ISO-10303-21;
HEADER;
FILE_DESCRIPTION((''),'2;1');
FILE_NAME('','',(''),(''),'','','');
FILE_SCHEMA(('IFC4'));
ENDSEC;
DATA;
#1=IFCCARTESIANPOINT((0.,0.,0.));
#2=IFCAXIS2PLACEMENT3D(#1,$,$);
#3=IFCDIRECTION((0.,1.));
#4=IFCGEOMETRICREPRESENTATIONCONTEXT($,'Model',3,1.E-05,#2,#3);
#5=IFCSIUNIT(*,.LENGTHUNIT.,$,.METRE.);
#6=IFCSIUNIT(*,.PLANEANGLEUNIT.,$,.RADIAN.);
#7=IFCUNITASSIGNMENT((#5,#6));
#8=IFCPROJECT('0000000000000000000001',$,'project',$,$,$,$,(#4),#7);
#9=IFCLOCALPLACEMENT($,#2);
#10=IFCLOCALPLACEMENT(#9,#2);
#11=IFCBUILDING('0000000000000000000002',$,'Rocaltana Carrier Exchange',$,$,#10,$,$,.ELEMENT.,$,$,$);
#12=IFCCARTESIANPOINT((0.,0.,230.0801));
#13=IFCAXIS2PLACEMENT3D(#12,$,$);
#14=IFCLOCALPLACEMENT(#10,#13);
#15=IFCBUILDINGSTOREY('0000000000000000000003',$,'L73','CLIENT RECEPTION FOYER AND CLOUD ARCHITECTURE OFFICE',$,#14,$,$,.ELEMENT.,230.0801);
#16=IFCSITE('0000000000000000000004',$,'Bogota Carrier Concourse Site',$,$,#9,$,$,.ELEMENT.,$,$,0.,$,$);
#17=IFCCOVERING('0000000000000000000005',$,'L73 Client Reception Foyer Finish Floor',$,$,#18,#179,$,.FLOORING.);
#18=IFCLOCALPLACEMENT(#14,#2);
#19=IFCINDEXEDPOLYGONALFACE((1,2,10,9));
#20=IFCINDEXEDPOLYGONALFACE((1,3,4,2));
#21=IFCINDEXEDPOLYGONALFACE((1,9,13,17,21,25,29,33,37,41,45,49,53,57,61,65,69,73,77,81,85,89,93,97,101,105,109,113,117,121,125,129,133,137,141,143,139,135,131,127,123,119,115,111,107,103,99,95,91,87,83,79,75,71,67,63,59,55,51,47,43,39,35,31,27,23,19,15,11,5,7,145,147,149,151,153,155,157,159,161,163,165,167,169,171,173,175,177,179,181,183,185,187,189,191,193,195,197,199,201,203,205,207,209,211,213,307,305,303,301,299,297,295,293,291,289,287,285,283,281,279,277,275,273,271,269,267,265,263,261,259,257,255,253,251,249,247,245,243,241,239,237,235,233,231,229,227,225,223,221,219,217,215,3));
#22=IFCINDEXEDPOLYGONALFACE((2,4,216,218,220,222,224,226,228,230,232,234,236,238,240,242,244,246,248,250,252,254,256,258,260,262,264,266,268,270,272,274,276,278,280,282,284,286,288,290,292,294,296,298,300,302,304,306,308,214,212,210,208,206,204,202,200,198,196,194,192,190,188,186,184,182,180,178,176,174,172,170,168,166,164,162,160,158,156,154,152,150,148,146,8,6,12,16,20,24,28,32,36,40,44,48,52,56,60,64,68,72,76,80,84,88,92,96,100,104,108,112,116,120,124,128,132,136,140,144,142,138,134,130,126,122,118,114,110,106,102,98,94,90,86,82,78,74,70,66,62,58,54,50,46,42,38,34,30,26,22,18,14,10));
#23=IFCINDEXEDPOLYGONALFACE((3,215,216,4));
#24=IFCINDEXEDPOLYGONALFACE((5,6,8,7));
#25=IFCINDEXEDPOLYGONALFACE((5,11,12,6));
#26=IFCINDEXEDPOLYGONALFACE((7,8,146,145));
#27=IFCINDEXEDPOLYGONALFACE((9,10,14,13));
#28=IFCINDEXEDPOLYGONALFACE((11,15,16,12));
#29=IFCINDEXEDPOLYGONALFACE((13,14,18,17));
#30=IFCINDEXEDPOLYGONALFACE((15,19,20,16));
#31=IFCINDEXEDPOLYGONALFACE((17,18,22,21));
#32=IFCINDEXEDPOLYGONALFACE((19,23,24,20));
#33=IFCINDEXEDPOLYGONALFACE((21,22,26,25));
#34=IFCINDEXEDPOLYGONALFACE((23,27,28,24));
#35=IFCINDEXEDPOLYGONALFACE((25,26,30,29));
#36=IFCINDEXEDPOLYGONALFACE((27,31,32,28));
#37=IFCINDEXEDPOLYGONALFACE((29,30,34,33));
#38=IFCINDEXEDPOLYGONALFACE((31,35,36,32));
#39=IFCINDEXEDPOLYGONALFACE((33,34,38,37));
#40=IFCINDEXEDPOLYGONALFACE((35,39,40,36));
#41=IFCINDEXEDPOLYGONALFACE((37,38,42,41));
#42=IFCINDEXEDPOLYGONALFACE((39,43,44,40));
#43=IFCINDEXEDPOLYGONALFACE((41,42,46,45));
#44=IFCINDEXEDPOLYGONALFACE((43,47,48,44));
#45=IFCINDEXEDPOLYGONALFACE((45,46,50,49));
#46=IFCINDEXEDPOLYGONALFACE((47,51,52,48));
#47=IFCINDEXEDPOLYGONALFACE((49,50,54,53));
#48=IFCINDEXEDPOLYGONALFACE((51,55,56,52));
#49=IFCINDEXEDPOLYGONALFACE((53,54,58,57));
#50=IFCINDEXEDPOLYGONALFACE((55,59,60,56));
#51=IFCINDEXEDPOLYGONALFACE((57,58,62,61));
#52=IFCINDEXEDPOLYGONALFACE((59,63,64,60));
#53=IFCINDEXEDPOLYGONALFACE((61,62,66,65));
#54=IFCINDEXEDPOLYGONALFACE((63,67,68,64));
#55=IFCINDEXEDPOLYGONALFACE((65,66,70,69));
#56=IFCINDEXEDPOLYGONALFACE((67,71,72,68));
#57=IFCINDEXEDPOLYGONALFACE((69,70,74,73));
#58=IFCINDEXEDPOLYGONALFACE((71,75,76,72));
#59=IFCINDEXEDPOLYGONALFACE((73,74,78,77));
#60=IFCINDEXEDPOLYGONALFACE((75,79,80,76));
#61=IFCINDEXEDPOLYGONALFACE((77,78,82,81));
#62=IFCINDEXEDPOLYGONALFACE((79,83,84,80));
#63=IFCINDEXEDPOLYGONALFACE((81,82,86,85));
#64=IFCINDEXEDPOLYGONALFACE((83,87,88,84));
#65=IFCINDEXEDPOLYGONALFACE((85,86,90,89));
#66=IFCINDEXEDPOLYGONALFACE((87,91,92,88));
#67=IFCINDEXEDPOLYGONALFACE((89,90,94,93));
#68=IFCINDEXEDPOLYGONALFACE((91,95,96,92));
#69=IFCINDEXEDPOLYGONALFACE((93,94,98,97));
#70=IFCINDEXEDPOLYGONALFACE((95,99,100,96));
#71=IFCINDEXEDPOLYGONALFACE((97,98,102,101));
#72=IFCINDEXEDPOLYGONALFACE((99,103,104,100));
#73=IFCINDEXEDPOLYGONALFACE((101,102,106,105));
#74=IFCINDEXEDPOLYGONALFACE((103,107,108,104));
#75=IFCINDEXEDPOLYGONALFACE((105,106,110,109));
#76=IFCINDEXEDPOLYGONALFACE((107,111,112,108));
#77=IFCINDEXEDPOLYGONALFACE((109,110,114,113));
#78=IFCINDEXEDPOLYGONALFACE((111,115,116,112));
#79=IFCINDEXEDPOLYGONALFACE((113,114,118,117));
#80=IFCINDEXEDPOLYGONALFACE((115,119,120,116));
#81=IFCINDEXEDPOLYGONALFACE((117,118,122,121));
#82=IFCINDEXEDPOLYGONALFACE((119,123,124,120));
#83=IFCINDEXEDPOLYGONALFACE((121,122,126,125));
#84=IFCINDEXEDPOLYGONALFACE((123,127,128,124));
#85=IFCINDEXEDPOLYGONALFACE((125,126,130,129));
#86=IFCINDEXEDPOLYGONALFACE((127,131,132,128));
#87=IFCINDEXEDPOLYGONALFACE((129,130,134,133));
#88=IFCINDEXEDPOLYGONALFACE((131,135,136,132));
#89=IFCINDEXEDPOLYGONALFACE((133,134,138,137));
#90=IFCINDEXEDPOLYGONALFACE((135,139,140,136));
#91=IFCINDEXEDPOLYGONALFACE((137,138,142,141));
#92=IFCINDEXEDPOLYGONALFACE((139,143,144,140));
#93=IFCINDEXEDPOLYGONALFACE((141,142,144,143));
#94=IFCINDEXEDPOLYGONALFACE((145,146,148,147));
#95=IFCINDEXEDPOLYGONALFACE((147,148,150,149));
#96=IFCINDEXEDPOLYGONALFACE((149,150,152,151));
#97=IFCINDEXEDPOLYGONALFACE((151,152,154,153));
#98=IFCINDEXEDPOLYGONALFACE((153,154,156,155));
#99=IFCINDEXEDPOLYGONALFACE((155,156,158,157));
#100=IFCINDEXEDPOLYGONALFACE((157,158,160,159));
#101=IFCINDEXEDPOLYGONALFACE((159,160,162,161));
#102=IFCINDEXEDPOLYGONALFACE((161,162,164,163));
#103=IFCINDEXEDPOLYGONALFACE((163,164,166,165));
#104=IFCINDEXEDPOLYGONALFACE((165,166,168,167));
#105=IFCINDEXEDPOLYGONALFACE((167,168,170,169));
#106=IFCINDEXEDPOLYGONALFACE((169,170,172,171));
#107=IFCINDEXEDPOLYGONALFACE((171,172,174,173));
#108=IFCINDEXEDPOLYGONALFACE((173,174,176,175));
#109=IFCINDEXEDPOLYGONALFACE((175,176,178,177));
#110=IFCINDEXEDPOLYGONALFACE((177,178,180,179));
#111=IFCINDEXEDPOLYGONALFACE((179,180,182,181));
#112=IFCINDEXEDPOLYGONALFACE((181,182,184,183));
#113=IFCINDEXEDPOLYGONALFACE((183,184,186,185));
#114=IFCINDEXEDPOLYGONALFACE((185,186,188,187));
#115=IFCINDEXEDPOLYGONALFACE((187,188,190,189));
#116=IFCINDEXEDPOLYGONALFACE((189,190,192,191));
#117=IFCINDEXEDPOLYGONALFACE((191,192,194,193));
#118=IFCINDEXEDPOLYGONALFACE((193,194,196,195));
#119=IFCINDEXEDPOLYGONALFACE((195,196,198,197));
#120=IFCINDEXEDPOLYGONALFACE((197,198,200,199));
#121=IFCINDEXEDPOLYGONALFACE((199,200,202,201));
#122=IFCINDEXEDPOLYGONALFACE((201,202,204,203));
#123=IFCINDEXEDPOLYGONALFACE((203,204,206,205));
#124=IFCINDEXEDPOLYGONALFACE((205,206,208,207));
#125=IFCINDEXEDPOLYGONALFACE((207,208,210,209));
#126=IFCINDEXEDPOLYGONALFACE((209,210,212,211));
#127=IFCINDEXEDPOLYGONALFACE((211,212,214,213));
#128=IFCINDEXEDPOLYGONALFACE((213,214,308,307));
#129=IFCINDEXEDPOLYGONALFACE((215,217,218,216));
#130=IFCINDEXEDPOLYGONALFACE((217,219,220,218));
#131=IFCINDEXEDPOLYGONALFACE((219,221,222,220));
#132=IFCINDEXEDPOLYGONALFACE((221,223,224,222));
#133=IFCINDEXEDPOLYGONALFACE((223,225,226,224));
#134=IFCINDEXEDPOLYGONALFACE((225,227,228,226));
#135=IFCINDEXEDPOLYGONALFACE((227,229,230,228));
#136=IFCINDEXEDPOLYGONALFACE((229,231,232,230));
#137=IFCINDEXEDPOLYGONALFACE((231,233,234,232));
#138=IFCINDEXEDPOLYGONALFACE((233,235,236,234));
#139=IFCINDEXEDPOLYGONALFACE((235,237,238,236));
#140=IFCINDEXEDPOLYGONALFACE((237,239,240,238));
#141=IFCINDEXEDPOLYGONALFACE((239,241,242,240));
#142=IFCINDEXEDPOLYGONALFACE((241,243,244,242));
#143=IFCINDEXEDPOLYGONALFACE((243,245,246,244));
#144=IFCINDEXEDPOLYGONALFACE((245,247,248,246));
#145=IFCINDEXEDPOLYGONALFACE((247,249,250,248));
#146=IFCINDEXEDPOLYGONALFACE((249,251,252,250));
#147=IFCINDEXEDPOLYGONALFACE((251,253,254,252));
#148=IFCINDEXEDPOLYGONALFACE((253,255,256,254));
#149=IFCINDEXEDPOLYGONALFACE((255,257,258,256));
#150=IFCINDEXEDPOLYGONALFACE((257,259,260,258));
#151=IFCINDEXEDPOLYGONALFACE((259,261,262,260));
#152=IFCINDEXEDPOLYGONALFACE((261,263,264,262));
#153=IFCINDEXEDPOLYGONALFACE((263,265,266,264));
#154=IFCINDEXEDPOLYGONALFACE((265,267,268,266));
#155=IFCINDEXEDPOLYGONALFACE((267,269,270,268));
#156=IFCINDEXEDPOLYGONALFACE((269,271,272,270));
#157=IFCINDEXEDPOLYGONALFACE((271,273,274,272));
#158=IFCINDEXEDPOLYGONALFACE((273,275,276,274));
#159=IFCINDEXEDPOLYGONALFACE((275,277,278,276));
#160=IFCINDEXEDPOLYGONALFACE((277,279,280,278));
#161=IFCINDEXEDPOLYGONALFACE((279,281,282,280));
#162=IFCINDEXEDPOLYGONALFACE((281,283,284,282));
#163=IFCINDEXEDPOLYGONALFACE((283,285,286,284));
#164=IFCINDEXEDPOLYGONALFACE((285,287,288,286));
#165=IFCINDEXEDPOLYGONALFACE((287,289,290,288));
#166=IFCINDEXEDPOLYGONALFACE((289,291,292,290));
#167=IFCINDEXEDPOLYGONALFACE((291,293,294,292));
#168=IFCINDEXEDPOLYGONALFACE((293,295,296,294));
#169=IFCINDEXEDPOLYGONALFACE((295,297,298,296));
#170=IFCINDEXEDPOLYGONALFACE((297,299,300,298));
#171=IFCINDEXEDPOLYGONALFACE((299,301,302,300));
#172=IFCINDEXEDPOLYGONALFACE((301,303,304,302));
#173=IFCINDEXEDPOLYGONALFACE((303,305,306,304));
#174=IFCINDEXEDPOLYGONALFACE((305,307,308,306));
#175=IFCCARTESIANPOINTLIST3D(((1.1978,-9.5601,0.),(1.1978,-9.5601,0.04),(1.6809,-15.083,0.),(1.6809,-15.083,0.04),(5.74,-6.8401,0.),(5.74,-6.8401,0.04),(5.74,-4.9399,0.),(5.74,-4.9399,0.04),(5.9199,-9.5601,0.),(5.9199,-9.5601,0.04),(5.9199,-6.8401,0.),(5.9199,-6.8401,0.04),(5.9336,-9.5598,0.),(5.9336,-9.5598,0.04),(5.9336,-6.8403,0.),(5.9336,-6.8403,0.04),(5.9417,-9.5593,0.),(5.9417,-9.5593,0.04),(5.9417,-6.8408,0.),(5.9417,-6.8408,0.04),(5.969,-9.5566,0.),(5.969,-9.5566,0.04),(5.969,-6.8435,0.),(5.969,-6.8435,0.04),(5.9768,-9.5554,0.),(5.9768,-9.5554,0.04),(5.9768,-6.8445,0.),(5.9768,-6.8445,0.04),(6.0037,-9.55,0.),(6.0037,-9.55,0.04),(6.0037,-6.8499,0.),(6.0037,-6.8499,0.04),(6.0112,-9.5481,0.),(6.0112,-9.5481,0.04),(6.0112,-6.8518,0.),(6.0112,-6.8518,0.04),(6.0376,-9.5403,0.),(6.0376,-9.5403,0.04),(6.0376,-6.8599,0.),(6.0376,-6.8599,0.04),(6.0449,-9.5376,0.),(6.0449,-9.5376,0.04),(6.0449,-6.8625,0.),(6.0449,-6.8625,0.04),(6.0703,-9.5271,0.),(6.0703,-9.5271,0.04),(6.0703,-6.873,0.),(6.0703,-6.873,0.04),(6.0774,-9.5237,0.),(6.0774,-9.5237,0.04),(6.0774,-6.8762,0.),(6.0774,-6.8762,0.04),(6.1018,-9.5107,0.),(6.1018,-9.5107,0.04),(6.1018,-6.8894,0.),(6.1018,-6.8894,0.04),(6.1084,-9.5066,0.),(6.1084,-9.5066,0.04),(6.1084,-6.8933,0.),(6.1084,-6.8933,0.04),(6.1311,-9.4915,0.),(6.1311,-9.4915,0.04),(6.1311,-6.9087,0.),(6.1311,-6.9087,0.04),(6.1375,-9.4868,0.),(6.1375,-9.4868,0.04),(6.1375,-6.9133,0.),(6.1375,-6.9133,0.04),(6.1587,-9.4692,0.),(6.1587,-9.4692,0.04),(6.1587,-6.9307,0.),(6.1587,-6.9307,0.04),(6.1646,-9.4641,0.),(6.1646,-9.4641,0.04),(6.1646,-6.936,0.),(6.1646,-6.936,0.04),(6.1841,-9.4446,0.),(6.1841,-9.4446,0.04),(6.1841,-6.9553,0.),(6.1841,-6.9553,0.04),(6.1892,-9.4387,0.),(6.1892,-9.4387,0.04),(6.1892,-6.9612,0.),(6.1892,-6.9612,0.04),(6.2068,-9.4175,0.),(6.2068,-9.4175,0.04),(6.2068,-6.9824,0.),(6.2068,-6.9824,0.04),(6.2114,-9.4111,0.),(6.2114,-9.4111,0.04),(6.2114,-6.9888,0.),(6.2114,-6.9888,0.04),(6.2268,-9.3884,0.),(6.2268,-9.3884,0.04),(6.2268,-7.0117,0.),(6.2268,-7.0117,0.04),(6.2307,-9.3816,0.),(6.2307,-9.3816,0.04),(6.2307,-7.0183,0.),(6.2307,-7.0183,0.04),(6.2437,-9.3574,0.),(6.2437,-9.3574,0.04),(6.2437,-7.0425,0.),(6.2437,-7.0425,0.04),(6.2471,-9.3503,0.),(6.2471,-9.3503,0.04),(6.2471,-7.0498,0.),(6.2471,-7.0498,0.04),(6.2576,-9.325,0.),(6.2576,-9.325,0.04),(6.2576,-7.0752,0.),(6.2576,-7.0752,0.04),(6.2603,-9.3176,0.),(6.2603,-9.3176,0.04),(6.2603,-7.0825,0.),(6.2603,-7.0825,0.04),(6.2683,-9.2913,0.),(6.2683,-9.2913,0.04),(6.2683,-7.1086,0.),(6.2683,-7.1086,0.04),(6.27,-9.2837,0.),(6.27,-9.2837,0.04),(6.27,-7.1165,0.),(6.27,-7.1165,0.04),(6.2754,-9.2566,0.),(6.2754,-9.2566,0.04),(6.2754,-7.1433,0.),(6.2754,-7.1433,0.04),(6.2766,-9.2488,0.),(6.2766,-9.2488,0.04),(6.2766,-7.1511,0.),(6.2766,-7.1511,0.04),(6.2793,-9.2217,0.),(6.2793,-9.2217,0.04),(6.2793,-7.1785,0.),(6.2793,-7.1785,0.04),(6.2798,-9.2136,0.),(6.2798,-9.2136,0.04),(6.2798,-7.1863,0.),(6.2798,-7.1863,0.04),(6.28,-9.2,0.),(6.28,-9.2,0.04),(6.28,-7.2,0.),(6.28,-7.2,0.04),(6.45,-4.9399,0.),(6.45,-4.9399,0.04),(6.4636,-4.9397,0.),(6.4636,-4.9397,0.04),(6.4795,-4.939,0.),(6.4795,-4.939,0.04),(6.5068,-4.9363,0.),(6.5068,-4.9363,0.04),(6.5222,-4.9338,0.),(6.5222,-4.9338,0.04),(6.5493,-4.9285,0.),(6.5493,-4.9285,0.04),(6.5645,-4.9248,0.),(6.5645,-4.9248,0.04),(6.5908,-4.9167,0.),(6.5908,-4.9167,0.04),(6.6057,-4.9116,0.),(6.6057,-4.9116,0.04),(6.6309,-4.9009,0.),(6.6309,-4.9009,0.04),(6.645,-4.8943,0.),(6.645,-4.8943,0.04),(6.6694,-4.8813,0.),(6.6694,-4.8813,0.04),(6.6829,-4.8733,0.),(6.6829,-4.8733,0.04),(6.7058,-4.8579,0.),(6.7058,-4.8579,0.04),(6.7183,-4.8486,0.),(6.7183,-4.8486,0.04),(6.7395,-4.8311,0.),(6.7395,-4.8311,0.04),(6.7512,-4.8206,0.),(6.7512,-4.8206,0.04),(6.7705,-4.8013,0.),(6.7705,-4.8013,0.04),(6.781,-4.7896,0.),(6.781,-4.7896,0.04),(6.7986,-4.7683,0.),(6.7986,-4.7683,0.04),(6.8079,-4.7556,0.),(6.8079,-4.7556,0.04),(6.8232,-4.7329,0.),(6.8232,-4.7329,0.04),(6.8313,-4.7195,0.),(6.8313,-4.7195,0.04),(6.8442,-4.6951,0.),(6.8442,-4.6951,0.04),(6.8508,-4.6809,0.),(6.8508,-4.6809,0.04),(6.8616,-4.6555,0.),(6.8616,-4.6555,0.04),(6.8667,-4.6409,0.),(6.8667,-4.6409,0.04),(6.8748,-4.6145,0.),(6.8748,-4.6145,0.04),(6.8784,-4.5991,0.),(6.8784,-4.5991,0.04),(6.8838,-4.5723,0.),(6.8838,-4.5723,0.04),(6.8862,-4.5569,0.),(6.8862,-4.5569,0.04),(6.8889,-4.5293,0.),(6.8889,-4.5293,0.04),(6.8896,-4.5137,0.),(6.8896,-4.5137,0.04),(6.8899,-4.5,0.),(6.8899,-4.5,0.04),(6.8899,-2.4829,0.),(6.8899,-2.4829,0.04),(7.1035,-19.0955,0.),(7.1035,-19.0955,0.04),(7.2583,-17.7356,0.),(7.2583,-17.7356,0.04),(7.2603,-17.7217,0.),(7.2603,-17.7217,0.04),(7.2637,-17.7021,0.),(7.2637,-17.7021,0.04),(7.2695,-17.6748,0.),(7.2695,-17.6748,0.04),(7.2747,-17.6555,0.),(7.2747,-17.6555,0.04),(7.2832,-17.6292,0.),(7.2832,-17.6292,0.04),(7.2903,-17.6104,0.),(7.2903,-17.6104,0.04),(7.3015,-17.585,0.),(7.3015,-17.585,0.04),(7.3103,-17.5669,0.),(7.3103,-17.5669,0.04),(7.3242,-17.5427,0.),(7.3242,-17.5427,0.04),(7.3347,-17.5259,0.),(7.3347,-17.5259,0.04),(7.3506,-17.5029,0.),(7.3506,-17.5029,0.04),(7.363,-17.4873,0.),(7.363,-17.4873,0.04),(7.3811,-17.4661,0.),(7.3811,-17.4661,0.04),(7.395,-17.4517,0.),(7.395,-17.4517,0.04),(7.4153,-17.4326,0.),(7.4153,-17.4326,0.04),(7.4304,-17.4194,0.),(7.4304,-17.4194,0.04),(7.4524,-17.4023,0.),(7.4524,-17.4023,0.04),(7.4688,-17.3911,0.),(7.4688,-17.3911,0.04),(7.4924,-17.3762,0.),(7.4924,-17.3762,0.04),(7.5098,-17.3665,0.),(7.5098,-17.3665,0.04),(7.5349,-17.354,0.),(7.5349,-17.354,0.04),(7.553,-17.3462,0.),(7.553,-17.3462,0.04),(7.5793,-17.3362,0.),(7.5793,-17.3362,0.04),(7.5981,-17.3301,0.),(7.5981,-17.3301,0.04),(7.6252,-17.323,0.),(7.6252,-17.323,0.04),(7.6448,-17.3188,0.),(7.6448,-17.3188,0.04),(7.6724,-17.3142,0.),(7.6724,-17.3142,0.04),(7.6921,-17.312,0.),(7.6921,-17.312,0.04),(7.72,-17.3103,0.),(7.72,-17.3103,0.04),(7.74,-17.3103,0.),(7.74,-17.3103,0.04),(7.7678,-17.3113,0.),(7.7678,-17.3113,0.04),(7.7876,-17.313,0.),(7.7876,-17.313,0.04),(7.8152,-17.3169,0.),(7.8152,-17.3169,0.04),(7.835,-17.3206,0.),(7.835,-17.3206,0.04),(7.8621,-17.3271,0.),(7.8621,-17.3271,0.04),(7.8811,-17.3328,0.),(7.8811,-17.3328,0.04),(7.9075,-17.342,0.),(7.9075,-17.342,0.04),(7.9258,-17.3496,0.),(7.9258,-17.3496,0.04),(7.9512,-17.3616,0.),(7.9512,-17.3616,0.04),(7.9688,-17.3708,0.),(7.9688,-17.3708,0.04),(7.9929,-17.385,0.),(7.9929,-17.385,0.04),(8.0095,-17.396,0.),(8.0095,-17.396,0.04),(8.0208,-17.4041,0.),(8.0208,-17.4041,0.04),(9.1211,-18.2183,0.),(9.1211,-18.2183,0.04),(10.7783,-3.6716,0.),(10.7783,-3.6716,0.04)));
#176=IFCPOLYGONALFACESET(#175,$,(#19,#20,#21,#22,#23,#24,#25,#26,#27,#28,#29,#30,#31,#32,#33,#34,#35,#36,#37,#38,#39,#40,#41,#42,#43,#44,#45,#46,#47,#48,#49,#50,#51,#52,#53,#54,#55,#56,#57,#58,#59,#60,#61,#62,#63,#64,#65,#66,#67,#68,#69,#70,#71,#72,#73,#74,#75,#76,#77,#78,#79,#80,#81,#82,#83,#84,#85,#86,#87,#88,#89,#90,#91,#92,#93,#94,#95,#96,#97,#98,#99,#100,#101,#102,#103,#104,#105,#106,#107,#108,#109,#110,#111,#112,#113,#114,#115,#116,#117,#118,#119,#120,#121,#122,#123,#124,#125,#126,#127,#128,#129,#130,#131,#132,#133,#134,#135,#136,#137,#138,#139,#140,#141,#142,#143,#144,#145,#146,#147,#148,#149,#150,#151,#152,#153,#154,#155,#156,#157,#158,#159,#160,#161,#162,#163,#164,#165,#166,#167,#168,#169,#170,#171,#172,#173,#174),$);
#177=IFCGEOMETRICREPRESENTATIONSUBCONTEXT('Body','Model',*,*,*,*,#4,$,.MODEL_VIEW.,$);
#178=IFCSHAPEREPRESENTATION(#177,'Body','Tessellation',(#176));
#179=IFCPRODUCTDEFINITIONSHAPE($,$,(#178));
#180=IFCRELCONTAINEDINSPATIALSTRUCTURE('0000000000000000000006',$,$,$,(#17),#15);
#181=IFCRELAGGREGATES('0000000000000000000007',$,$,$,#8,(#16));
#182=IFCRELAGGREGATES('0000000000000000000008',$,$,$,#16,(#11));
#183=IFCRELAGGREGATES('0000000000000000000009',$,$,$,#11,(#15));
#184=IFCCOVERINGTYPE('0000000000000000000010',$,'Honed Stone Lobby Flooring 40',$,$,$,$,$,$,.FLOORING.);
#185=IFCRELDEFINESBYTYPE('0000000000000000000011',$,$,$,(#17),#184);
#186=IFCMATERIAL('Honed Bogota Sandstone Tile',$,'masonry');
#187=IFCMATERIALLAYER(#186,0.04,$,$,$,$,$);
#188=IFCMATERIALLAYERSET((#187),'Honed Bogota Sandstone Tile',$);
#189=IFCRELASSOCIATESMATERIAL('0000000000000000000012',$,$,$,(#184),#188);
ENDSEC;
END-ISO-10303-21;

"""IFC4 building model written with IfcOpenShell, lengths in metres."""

from ifc_helpers import new_model, si_unit, direction, frame, origin, place, context, subcontext, project, spatial, polyline, outline, extrude, material, layer, layer_set, type_object, element, save


model = new_model("IFC4")

# Units and contexts
model_context = context("Model", 3, precision=1e-05, world=origin(), true_north=direction((0.0, 1.0)))
body_context = subcontext(model_context, "Body", "Model", "MODEL_VIEW")
ifc_project = project(units=[si_unit("LENGTHUNIT", "METRE"), si_unit("PLANEANGLEUNIT", "RADIAN")], contexts=[model_context])

# Site, building, storey
site_placement = place(None, origin())
site = spatial("IfcSite", under=ifc_project, at=site_placement, Name="Bogota Carrier Concourse Site", CompositionType="ELEMENT", RefElevation=0.0)
building_placement = place(site_placement, origin())
building = spatial("IfcBuilding", under=site, at=building_placement, Name="Rocaltana Carrier Exchange", CompositionType="ELEMENT")
storey_placement = place(building_placement, frame((0.0, 0.0, 230.0801)))
storey = spatial("IfcBuildingStorey", under=building, at=storey_placement, Name="L73", Description="CLIENT RECEPTION FOYER AND CLOUD ARCHITECTURE OFFICE", CompositionType="ELEMENT", Elevation=230.0801)

# Covering
ifc_material_1 = material(Name="Honed Bogota Sandstone Tile", Category="masonry")
ifc_layer_1 = layer(ifc_material_1, 0.04)
ifc_layer_set_1 = layer_set([ifc_layer_1], Name="Honed Bogota Sandstone Tile")
covering_type_1 = type_object("IfcCoveringType", Name="Honed Stone Lobby Flooring 40", PredefinedType="FLOORING", material=ifc_layer_set_1)
covering_1_placement = place(storey_placement, origin())
element("IfcCovering", 1, at=covering_1_placement, inside=storey, type_object=covering_type_1, Name="L73 Client Reception Foyer Finish Floor", PredefinedType="FLOORING", context=body_context, shape_type="SweptSolid", body=[
    extrude(outline(polyline([(5.74, -6.8401), (5.74, -4.9399), (6.45, -4.9399), (6.4636, -4.9397), (6.4795, -4.939), (6.5068, -4.9363), (6.5222, -4.9338), (6.5493, -4.9285), (6.5645, -4.9248), (6.5908, -4.9167), (6.6057, -4.9116), (6.6309, -4.9009), (6.645, -4.8943), (6.6694, -4.8813), (6.6829, -4.8733), (6.7058, -4.8579), (6.7183, -4.8486), (6.7395, -4.8311), (6.7512, -4.8206), (6.7705, -4.8013), (6.781, -4.7896), (6.7986, -4.7683), (6.8079, -4.7556), (6.8232, -4.7329), (6.8313, -4.7195), (6.8442, -4.6951), (6.8508, -4.6809), (6.8616, -4.6555), (6.8667, -4.6409), (6.8748, -4.6145), (6.8784, -4.5991), (6.8838, -4.5723), (6.8862, -4.5569), (6.8889, -4.5293), (6.8896, -4.5137), (6.8899, -4.5), (6.8899, -2.4829), (10.7783, -3.6716), (9.1211, -18.2183), (8.0208, -17.4041), (8.0095, -17.396), (7.9929, -17.385), (7.9688, -17.3708), (7.9512, -17.3616), (7.9258, -17.3496), (7.9075, -17.342), (7.8811, -17.3328), (7.8621, -17.3271), (7.835, -17.3206), (7.8152, -17.3169), (7.7876, -17.313), (7.7678, -17.3113), (7.74, -17.3103), (7.72, -17.3103), (7.6921, -17.312), (7.6724, -17.3142), (7.6448, -17.3188), (7.6252, -17.323), (7.5981, -17.3301), (7.5793, -17.3362), (7.553, -17.3462), (7.5349, -17.354), (7.5098, -17.3665), (7.4924, -17.3762), (7.4688, -17.3911), (7.4524, -17.4023), (7.4304, -17.4194), (7.4153, -17.4326), (7.395, -17.4517), (7.3811, -17.4661), (7.363, -17.4873), (7.3506, -17.5029), (7.3347, -17.5259), (7.3242, -17.5427), (7.3103, -17.5669), (7.3015, -17.585), (7.2903, -17.6104), (7.2832, -17.6292), (7.2747, -17.6555), (7.2695, -17.6748), (7.2637, -17.7021), (7.2603, -17.7217), (7.2583, -17.7356), (7.1035, -19.0955), (1.6809, -15.083), (1.1978, -9.5601), (5.9199, -9.5601), (5.9336, -9.5598), (5.9417, -9.5593), (5.969, -9.5566), (5.9768, -9.5554), (6.0037, -9.55), (6.0112, -9.5481), (6.0376, -9.5403), (6.0449, -9.5376), (6.0703, -9.5271), (6.0774, -9.5237), (6.1018, -9.5107), (6.1084, -9.5066), (6.1311, -9.4915), (6.1375, -9.4868), (6.1587, -9.4692), (6.1646, -9.4641), (6.1841, -9.4446), (6.1892, -9.4387), (6.2068, -9.4175), (6.2114, -9.4111), (6.2268, -9.3884), (6.2307, -9.3816), (6.2437, -9.3574), (6.2471, -9.3503), (6.2576, -9.325), (6.2603, -9.3176), (6.2683, -9.2913), (6.27, -9.2837), (6.2754, -9.2566), (6.2766, -9.2488), (6.2793, -9.2217), (6.2798, -9.2136), (6.28, -9.2), (6.28, -7.2), (6.2798, -7.1863), (6.2793, -7.1785), (6.2766, -7.1511), (6.2754, -7.1433), (6.27, -7.1165), (6.2683, -7.1086), (6.2603, -7.0825), (6.2576, -7.0752), (6.2471, -7.0498), (6.2437, -7.0425), (6.2307, -7.0183), (6.2268, -7.0117), (6.2114, -6.9888), (6.2068, -6.9824), (6.1892, -6.9612), (6.1841, -6.9553), (6.1646, -6.936), (6.1587, -6.9307), (6.1375, -6.9133), (6.1311, -6.9087), (6.1084, -6.8933), (6.1018, -6.8894), (6.0774, -6.8762), (6.0703, -6.873), (6.0449, -6.8625), (6.0376, -6.8599), (6.0112, -6.8518), (6.0037, -6.8499), (5.9768, -6.8445), (5.969, -6.8435), (5.9417, -6.8408), (5.9336, -6.8403), (5.9199, -6.8401), (5.74, -6.8401)])), origin(), (0.0, 0.0, 1.0), 0.04),
])

save(model, "model.ifc")
